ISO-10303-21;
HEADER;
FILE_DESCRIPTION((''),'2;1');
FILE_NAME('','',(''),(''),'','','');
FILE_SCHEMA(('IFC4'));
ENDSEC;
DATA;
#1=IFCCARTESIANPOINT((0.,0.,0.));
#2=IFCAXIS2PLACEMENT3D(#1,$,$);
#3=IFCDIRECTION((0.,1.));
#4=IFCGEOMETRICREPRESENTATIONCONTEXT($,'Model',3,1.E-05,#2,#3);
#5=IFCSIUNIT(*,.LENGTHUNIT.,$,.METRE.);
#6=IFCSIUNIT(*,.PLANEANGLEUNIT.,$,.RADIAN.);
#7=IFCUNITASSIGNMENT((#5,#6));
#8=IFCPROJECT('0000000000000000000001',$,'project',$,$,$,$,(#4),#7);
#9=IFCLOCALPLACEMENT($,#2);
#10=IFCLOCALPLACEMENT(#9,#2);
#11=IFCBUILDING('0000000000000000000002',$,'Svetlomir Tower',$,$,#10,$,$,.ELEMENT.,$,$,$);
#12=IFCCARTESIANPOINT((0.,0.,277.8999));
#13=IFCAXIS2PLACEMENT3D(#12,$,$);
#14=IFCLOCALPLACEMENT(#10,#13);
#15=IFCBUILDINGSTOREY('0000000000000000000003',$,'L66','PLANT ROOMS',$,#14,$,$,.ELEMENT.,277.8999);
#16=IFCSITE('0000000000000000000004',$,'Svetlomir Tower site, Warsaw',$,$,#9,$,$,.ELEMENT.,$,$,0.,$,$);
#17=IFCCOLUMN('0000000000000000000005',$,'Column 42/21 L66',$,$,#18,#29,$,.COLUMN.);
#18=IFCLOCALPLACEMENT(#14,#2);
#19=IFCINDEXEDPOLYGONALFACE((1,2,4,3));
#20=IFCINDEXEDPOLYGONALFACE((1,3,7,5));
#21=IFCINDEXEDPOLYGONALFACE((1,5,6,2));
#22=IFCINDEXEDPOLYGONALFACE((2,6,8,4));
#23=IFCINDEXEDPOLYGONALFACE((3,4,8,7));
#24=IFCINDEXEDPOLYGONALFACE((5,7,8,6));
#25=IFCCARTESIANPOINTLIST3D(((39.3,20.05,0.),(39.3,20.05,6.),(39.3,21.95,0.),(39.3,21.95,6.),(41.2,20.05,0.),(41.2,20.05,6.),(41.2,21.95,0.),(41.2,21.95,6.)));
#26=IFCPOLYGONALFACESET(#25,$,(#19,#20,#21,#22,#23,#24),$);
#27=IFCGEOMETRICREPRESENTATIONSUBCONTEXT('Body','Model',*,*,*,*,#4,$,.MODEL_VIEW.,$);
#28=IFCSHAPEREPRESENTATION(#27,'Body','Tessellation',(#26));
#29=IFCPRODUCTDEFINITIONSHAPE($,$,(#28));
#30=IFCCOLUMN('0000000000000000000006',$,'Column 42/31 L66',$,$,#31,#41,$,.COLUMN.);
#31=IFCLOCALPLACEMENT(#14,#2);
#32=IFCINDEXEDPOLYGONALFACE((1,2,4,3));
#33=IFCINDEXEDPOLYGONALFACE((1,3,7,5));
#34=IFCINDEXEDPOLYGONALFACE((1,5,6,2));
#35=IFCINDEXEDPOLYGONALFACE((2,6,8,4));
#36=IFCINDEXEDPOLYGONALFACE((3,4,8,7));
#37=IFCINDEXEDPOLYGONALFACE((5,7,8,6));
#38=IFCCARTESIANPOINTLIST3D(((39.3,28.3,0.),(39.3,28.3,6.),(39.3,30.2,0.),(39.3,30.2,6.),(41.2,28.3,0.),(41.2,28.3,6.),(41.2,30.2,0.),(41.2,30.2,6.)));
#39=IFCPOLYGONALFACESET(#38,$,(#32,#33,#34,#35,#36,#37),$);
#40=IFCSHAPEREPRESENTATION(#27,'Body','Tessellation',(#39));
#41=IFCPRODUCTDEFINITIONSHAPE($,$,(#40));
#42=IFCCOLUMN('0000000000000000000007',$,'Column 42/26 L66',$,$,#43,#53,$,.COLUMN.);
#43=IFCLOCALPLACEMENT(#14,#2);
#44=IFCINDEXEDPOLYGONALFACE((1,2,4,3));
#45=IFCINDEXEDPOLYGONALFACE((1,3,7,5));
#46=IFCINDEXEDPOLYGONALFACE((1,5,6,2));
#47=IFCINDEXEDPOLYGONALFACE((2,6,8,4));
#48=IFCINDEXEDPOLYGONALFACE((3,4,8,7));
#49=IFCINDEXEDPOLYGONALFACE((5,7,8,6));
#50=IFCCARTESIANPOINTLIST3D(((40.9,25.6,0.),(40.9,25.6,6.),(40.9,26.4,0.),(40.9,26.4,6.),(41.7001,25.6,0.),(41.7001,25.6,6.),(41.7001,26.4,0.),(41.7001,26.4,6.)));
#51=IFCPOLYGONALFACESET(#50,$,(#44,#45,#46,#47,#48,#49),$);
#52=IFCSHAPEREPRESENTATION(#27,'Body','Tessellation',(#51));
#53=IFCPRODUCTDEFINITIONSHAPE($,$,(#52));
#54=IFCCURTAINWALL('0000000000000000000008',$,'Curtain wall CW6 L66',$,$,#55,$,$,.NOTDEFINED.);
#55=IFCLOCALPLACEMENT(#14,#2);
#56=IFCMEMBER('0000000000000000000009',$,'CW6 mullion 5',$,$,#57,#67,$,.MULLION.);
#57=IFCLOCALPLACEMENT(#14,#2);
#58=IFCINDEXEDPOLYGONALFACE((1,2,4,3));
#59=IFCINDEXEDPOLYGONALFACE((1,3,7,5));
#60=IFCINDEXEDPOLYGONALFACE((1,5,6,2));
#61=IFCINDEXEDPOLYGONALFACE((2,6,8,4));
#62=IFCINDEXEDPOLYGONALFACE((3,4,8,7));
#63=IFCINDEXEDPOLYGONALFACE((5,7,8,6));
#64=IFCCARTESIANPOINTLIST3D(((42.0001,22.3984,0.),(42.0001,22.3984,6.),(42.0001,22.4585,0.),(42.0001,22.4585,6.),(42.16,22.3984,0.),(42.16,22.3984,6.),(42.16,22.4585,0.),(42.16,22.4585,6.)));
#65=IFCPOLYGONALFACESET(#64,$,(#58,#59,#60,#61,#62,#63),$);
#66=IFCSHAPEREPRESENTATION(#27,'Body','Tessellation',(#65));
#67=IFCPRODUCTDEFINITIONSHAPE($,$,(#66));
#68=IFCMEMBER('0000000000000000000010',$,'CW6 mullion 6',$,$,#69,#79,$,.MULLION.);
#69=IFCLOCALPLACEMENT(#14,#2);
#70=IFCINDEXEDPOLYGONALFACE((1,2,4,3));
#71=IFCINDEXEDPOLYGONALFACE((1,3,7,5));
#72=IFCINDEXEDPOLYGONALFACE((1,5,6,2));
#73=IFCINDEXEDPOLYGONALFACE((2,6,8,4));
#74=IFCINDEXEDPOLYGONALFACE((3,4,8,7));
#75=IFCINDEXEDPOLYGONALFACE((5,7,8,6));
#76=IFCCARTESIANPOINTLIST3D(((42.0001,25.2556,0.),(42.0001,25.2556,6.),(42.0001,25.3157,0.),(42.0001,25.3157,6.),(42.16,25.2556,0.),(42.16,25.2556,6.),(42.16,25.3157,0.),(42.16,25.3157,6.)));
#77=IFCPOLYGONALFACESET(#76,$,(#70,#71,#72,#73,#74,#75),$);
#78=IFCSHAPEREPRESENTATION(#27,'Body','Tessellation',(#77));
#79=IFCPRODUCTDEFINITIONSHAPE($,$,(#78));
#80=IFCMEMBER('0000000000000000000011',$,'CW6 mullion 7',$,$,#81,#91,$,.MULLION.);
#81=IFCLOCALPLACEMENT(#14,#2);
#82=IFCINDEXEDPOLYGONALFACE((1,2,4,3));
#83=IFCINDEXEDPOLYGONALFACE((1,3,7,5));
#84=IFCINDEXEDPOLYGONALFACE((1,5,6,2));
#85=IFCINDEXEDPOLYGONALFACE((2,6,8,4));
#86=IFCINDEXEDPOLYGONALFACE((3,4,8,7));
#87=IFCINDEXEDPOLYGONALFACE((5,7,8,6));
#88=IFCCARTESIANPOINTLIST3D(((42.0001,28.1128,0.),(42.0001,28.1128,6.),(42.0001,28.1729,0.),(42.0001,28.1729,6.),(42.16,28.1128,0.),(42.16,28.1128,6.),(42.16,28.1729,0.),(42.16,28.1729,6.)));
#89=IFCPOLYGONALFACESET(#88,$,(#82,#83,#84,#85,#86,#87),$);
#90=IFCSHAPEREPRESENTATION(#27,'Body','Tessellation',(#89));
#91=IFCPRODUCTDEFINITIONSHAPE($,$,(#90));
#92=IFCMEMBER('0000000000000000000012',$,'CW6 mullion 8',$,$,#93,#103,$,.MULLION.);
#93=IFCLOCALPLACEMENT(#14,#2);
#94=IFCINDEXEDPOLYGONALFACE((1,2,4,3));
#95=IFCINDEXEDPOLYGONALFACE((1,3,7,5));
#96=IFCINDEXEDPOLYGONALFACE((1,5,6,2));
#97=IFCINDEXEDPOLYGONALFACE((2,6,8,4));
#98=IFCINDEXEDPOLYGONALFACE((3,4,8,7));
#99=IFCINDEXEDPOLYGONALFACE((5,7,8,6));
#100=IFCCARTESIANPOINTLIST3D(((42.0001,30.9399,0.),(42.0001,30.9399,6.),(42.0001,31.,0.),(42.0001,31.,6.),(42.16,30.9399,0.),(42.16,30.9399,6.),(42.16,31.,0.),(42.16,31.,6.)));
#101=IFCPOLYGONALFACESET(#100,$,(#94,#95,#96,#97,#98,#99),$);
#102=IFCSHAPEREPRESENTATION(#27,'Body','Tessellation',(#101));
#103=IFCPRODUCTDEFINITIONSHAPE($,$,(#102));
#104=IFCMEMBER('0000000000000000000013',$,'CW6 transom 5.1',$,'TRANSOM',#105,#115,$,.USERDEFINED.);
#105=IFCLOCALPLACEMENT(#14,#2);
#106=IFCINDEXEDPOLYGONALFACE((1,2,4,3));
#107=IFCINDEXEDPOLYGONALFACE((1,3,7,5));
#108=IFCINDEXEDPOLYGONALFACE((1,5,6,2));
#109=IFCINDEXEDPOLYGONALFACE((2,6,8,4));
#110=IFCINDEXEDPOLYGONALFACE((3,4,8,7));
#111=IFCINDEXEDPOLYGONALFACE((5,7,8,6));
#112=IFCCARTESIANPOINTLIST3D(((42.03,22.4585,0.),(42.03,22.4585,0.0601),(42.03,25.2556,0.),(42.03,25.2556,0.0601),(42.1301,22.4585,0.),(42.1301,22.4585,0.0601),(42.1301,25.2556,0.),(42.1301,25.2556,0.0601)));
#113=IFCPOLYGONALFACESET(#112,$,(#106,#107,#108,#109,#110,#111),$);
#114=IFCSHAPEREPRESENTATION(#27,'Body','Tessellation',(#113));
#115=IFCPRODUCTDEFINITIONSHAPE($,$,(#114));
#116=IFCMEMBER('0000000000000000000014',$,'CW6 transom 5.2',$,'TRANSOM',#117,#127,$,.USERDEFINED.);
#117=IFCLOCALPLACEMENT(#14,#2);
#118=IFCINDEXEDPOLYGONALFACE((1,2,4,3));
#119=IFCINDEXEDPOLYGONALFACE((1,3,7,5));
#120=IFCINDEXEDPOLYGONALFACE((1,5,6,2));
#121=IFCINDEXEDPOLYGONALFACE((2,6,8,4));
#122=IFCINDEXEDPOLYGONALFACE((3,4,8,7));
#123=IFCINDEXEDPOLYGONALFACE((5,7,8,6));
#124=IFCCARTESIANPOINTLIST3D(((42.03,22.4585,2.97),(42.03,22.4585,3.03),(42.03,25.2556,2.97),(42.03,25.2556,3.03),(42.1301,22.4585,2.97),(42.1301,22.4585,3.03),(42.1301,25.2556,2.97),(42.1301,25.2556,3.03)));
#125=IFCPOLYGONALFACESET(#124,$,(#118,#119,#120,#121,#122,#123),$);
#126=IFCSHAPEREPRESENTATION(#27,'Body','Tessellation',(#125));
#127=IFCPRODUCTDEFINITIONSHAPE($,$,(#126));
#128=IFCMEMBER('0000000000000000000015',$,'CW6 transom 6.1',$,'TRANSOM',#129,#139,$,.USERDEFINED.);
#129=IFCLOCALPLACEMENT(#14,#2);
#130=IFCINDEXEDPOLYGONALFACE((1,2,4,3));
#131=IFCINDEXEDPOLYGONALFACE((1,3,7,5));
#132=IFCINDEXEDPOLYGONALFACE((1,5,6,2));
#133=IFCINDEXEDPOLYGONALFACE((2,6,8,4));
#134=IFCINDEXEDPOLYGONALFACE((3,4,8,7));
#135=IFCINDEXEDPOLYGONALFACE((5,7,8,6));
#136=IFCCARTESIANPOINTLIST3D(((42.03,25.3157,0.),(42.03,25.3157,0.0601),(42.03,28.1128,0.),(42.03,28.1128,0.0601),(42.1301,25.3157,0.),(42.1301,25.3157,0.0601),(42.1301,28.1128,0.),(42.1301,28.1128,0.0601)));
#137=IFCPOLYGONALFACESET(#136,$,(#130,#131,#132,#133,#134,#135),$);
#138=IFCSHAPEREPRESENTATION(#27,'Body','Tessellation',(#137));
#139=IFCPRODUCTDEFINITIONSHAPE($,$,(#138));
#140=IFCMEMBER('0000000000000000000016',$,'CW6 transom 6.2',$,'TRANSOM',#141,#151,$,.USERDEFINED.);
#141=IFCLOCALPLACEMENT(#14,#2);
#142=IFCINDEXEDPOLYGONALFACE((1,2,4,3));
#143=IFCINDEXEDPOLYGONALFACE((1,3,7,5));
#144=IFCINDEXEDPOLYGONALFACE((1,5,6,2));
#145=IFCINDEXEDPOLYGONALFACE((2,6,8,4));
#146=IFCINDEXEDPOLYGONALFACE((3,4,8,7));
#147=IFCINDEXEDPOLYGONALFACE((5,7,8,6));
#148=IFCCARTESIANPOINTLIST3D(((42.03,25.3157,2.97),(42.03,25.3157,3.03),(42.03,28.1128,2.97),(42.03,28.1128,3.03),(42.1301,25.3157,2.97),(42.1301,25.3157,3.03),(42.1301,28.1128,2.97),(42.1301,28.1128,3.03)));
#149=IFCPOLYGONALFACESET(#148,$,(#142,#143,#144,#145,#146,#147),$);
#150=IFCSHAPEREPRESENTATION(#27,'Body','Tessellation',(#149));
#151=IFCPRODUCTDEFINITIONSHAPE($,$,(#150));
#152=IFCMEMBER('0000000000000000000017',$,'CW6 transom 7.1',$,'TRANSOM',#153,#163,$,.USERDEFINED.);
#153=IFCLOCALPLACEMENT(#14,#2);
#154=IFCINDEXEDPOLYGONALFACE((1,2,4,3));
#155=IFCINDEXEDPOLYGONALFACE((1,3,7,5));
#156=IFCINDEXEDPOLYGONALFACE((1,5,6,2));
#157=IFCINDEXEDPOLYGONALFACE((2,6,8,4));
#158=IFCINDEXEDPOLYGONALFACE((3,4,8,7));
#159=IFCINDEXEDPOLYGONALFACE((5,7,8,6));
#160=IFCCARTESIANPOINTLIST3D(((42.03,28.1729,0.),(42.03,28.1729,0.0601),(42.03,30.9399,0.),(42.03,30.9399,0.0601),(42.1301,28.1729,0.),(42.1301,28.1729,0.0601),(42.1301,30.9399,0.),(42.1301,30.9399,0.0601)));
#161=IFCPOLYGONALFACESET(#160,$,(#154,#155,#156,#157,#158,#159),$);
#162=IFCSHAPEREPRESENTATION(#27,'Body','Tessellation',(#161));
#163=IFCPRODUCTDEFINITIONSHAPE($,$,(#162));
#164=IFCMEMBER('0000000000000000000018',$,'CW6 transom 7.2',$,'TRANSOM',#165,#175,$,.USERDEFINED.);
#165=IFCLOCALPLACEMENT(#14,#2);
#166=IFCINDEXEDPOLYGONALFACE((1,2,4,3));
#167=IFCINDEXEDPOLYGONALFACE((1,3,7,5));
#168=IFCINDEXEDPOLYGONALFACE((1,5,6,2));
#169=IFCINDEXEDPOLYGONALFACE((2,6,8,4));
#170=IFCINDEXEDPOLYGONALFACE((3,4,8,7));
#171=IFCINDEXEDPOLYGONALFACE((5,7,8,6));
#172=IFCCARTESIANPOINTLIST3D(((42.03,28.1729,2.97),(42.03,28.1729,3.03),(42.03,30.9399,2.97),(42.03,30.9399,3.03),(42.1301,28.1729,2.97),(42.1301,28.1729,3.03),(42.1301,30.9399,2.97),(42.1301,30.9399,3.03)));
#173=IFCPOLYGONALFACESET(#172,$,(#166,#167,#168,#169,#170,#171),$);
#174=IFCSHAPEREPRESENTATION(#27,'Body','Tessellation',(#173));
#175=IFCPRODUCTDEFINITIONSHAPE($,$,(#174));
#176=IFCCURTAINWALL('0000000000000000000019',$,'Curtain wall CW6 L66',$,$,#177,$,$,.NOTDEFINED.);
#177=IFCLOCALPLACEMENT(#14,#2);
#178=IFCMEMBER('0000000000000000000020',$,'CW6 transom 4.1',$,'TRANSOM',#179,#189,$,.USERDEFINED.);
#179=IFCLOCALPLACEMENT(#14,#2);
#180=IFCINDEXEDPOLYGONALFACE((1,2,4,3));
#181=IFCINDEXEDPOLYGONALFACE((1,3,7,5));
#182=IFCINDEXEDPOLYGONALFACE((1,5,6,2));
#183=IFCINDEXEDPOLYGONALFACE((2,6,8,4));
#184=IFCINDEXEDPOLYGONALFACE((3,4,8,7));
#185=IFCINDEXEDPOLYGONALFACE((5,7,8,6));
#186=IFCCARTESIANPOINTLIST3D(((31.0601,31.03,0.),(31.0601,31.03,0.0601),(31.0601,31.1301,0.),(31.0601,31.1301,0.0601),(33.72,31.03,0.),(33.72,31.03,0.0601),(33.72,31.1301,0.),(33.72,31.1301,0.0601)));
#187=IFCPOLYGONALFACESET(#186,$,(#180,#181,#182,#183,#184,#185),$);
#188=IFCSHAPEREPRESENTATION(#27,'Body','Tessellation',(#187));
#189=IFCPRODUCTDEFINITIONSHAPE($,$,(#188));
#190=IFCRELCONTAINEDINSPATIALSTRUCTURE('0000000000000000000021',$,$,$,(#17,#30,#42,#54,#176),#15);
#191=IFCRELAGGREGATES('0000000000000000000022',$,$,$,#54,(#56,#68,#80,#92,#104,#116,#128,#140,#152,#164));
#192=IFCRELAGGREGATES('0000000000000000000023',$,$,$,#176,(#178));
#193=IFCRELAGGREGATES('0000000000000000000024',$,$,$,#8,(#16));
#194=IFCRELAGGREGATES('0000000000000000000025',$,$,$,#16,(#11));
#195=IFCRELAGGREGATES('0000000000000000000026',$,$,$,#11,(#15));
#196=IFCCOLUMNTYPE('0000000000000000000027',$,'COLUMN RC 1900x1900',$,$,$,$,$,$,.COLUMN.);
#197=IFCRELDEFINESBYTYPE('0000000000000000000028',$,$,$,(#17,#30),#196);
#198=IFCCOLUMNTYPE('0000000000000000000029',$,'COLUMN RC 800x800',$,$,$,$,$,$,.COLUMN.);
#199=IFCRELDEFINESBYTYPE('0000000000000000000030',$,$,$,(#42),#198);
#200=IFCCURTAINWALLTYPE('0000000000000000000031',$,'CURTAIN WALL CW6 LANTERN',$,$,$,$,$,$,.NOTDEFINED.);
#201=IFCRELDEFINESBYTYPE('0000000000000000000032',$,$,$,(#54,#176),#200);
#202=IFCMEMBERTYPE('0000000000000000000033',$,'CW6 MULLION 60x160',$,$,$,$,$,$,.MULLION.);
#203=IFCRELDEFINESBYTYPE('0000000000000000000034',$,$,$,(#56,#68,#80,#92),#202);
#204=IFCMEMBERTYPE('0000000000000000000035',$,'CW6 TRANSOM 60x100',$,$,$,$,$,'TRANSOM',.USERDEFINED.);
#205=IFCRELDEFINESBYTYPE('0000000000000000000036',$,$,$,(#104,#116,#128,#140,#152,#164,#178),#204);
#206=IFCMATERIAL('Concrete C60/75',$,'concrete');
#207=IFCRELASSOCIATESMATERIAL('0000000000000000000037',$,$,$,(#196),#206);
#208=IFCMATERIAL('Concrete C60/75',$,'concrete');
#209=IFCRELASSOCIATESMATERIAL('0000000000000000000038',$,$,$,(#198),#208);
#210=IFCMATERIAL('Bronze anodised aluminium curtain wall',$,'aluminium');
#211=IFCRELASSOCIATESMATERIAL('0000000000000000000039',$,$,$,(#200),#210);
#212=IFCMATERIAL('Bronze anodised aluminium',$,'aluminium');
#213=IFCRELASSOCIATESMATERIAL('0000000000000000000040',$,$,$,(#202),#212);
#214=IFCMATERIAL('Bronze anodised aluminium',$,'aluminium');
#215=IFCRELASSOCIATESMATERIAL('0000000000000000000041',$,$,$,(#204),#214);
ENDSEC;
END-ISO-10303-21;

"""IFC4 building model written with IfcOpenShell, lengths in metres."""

from ifc_helpers import new_model, si_unit, direction, frame, origin, origin_2d, place, context, subcontext, project, spatial, rectangle, extrude, material, material_profile, profile_set, type_object, element, aggregate, save


model = new_model("IFC4")

# Units and contexts
model_context = context("Model", 3, precision=1e-05, world=origin(), true_north=direction((0.0, 1.0)))
body_context = subcontext(model_context, "Body", "Model", "MODEL_VIEW")
ifc_project = project(units=[si_unit("LENGTHUNIT", "METRE"), si_unit("PLANEANGLEUNIT", "RADIAN")], contexts=[model_context])

# Site, building, storey
site_placement = place(None, origin())
site = spatial("IfcSite", under=ifc_project, at=site_placement, Name="Svetlomir Tower site, Warsaw", CompositionType="ELEMENT", RefElevation=0.0)
building_placement = place(site_placement, origin())
building = spatial("IfcBuilding", under=site, at=building_placement, Name="Svetlomir Tower", CompositionType="ELEMENT")
storey_placement = place(building_placement, frame((0.0, 0.0, 277.8999)))
storey = spatial("IfcBuildingStorey", under=building, at=storey_placement, Name="L66", Description="PLANT ROOMS", CompositionType="ELEMENT", Elevation=277.8999)

# Columns
ifc_material_1 = material(Name="Concrete C60/75", Category="concrete")
ifc_material_profile_1 = material_profile(ifc_material_1, rectangle(XDim=1.8999, YDim=1.8999, at=origin_2d()), Name="RC 1900x1900")
ifc_profile_set_1 = profile_set([ifc_material_profile_1], Name="Concrete C60/75")
column_type_1 = type_object("IfcColumnType", Name="COLUMN RC 1900x1900", PredefinedType="COLUMN", material=ifc_profile_set_1)
for number, where, z_axis, x_axis, name in (
    (1, (40.25, 21.0, 0.0), (0.0, 0.0, 1.0), (1.0, 0.0, 0.0), "Column 42/21 L66"),
    (2, (40.25, 29.25, 0.0), (0.0, 0.0, 1.0), (1.0, 0.0, 0.0), "Column 42/31 L66"),
):
    element("IfcColumn", number, at=place(storey_placement, frame(where, z_axis=z_axis, x_axis=x_axis)), inside=storey, type_object=column_type_1, Name=name, PredefinedType="COLUMN", context=body_context, shape_type="SweptSolid", body=[
        extrude(rectangle(XDim=1.8999, YDim=1.8999, at=origin_2d()), origin(), (0.0, 0.0, 1.0), 6.0),
    ])
ifc_material_2 = material(Name="Concrete C60/75", Category="concrete")
ifc_material_profile_2 = material_profile(ifc_material_2, rectangle(XDim=0.8, YDim=0.8, at=origin_2d()), Name="RC 800x800")
ifc_profile_set_2 = profile_set([ifc_material_profile_2], Name="Concrete C60/75")
column_type_2 = type_object("IfcColumnType", Name="COLUMN RC 800x800", PredefinedType="COLUMN", material=ifc_profile_set_2)
column_placement = place(storey_placement, frame((41.3, 26.0, 0.0), z_axis=(0.0, 0.0, 1.0), x_axis=(1.0, 0.0, 0.0)))
element("IfcColumn", 3, at=column_placement, inside=storey, type_object=column_type_2, Name="Column 42/26 L66", PredefinedType="COLUMN", context=body_context, shape_type="SweptSolid", body=[
    extrude(rectangle(XDim=0.8, YDim=0.8, at=origin_2d()), origin(), (0.0, 0.0, 1.0), 6.0),
])

# Curtain wall, members
ifc_material_3 = material(Name="Bronze anodised aluminium curtain wall", Category="aluminium")
curtain_wall_type = type_object("IfcCurtainWallType", Name="CURTAIN WALL CW6 LANTERN", PredefinedType="NOTDEFINED", material=ifc_material_3)
curtain_wall_1_placement = place(storey_placement, origin())
curtain_wall_1 = element("IfcCurtainWall", 4, at=curtain_wall_1_placement, inside=storey, type_object=curtain_wall_type, Name="Curtain wall CW6 L66", PredefinedType="NOTDEFINED")
ifc_material_4 = material(Name="Bronze anodised aluminium", Category="aluminium")
ifc_material_profile_3 = material_profile(ifc_material_4, rectangle(XDim=0.0601, YDim=0.1599, at=origin_2d()), Name="AL 60x160")
ifc_profile_set_3 = profile_set([ifc_material_profile_3], Name="Bronze anodised aluminium 6063-T6")
member_type_1 = type_object("IfcMemberType", Name="CW6 MULLION 60x160", PredefinedType="MULLION", material=ifc_profile_set_3)
member_1_placement = place(storey_placement, frame((42.0801, 22.4285, 0.0), z_axis=(0.0, 0.0, 1.0), x_axis=(0.0, 1.0, 0.0)))
member_1 = element("IfcMember", 5, at=member_1_placement, type_object=member_type_1, Name="CW6 mullion 5", PredefinedType="MULLION", context=body_context, shape_type="SweptSolid", body=[
    extrude(rectangle(XDim=0.0601, YDim=0.1599, at=origin_2d()), origin(), (0.0, 0.0, 1.0), 6.0),
])
member_2_placement = place(storey_placement, frame((42.0801, 25.2856, 0.0), z_axis=(0.0, 0.0, 1.0), x_axis=(0.0, 1.0, 0.0)))
member_2 = element("IfcMember", 6, at=member_2_placement, type_object=member_type_1, Name="CW6 mullion 6", PredefinedType="MULLION", context=body_context, shape_type="SweptSolid", body=[
    extrude(rectangle(XDim=0.0601, YDim=0.1599, at=origin_2d()), origin(), (0.0, 0.0, 1.0), 6.0),
])
member_3_placement = place(storey_placement, frame((42.0801, 28.1428, 0.0), z_axis=(0.0, 0.0, 1.0), x_axis=(0.0, 1.0, 0.0)))
member_3 = element("IfcMember", 7, at=member_3_placement, type_object=member_type_1, Name="CW6 mullion 7", PredefinedType="MULLION", context=body_context, shape_type="SweptSolid", body=[
    extrude(rectangle(XDim=0.0601, YDim=0.1599, at=origin_2d()), origin(), (0.0, 0.0, 1.0), 6.0),
])
member_4_placement = place(storey_placement, frame((42.0801, 30.97, 0.0), z_axis=(0.0, 0.0, 1.0), x_axis=(0.0, 1.0, 0.0)))
member_4 = element("IfcMember", 8, at=member_4_placement, type_object=member_type_1, Name="CW6 mullion 8", PredefinedType="MULLION", context=body_context, shape_type="SweptSolid", body=[
    extrude(rectangle(XDim=0.0601, YDim=0.1599, at=origin_2d()), origin(), (0.0, 0.0, 1.0), 6.0),
])
ifc_material_5 = material(Name="Bronze anodised aluminium", Category="aluminium")
ifc_material_profile_4 = material_profile(ifc_material_5, rectangle(XDim=0.1001, YDim=0.0601, at=origin_2d()), Name="AL 100x60")
ifc_profile_set_4 = profile_set([ifc_material_profile_4], Name="Bronze anodised aluminium 6063-T6")
member_type_2 = type_object("IfcMemberType", Name="CW6 TRANSOM 60x100", ElementType="TRANSOM", PredefinedType="USERDEFINED", material=ifc_profile_set_4)
member_5_placement = place(storey_placement, frame((42.0801, 22.4585, 0.03), z_axis=(0.0, 1.0, 0.0), x_axis=(-1.0, 0.0, 0.0)))
member_5 = element("IfcMember", 9, at=member_5_placement, type_object=member_type_2, Name="CW6 transom 5.1", ObjectType="TRANSOM", PredefinedType="USERDEFINED", context=body_context, shape_type="SweptSolid", body=[
    extrude(rectangle(XDim=0.1001, YDim=0.0601, at=origin_2d()), origin(), (0.0, 0.0, 1.0), 2.7971),
])
member_6_placement = place(storey_placement, frame((42.0801, 22.4585, 3.0), z_axis=(0.0, 1.0, 0.0), x_axis=(-1.0, 0.0, 0.0)))
member_6 = element("IfcMember", 10, at=member_6_placement, type_object=member_type_2, Name="CW6 transom 5.2", ObjectType="TRANSOM", PredefinedType="USERDEFINED", context=body_context, shape_type="SweptSolid", body=[
    extrude(rectangle(XDim=0.1001, YDim=0.0601, at=origin_2d()), origin(), (0.0, 0.0, 1.0), 2.7971),
])
member_7_placement = place(storey_placement, frame((42.0801, 25.3157, 0.03), z_axis=(0.0, 1.0, 0.0), x_axis=(-1.0, 0.0, 0.0)))
member_7 = element("IfcMember", 11, at=member_7_placement, type_object=member_type_2, Name="CW6 transom 6.1", ObjectType="TRANSOM", PredefinedType="USERDEFINED", context=body_context, shape_type="SweptSolid", body=[
    extrude(rectangle(XDim=0.1001, YDim=0.0601, at=origin_2d()), origin(), (0.0, 0.0, 1.0), 2.7971),
])
member_8_placement = place(storey_placement, frame((42.0801, 25.3157, 3.0), z_axis=(0.0, 1.0, 0.0), x_axis=(-1.0, 0.0, 0.0)))
member_8 = element("IfcMember", 12, at=member_8_placement, type_object=member_type_2, Name="CW6 transom 6.2", ObjectType="TRANSOM", PredefinedType="USERDEFINED", context=body_context, shape_type="SweptSolid", body=[
    extrude(rectangle(XDim=0.1001, YDim=0.0601, at=origin_2d()), origin(), (0.0, 0.0, 1.0), 2.7971),
])
member_9_placement = place(storey_placement, frame((42.0801, 28.1729, 0.03), z_axis=(0.0, 1.0, 0.0), x_axis=(-1.0, 0.0, 0.0)))
member_9 = element("IfcMember", 13, at=member_9_placement, type_object=member_type_2, Name="CW6 transom 7.1", ObjectType="TRANSOM", PredefinedType="USERDEFINED", context=body_context, shape_type="SweptSolid", body=[
    extrude(rectangle(XDim=0.1001, YDim=0.0601, at=origin_2d()), origin(), (0.0, 0.0, 1.0), 2.7671),
])
member_10_placement = place(storey_placement, frame((42.0801, 28.1729, 3.0), z_axis=(0.0, 1.0, 0.0), x_axis=(-1.0, 0.0, 0.0)))
member_10 = element("IfcMember", 14, at=member_10_placement, type_object=member_type_2, Name="CW6 transom 7.2", ObjectType="TRANSOM", PredefinedType="USERDEFINED", context=body_context, shape_type="SweptSolid", body=[
    extrude(rectangle(XDim=0.1001, YDim=0.0601, at=origin_2d()), origin(), (0.0, 0.0, 1.0), 2.7671),
])

# Curtain wall, member
curtain_wall_2_placement = place(storey_placement, origin())
curtain_wall_2 = element("IfcCurtainWall", 15, at=curtain_wall_2_placement, inside=storey, type_object=curtain_wall_type, Name="Curtain wall CW6 L66", PredefinedType="NOTDEFINED")
member_11_placement = place(storey_placement, frame((33.72, 31.0801, 0.03), z_axis=(-1.0, 0.0, 0.0), x_axis=(0.0, -1.0, 0.0)))
member_11 = element("IfcMember", 16, at=member_11_placement, type_object=member_type_2, Name="CW6 transom 4.1", ObjectType="TRANSOM", PredefinedType="USERDEFINED", context=body_context, shape_type="SweptSolid", body=[
    extrude(rectangle(XDim=0.1001, YDim=0.0601, at=origin_2d()), origin(), (0.0, 0.0, 1.0), 2.6599),
])

aggregate(curtain_wall_1, [member_1, member_2, member_3, member_4, member_5, member_6, member_7, member_8, member_9, member_10])
aggregate(curtain_wall_2, [member_11])

save(model, "model.ifc")
